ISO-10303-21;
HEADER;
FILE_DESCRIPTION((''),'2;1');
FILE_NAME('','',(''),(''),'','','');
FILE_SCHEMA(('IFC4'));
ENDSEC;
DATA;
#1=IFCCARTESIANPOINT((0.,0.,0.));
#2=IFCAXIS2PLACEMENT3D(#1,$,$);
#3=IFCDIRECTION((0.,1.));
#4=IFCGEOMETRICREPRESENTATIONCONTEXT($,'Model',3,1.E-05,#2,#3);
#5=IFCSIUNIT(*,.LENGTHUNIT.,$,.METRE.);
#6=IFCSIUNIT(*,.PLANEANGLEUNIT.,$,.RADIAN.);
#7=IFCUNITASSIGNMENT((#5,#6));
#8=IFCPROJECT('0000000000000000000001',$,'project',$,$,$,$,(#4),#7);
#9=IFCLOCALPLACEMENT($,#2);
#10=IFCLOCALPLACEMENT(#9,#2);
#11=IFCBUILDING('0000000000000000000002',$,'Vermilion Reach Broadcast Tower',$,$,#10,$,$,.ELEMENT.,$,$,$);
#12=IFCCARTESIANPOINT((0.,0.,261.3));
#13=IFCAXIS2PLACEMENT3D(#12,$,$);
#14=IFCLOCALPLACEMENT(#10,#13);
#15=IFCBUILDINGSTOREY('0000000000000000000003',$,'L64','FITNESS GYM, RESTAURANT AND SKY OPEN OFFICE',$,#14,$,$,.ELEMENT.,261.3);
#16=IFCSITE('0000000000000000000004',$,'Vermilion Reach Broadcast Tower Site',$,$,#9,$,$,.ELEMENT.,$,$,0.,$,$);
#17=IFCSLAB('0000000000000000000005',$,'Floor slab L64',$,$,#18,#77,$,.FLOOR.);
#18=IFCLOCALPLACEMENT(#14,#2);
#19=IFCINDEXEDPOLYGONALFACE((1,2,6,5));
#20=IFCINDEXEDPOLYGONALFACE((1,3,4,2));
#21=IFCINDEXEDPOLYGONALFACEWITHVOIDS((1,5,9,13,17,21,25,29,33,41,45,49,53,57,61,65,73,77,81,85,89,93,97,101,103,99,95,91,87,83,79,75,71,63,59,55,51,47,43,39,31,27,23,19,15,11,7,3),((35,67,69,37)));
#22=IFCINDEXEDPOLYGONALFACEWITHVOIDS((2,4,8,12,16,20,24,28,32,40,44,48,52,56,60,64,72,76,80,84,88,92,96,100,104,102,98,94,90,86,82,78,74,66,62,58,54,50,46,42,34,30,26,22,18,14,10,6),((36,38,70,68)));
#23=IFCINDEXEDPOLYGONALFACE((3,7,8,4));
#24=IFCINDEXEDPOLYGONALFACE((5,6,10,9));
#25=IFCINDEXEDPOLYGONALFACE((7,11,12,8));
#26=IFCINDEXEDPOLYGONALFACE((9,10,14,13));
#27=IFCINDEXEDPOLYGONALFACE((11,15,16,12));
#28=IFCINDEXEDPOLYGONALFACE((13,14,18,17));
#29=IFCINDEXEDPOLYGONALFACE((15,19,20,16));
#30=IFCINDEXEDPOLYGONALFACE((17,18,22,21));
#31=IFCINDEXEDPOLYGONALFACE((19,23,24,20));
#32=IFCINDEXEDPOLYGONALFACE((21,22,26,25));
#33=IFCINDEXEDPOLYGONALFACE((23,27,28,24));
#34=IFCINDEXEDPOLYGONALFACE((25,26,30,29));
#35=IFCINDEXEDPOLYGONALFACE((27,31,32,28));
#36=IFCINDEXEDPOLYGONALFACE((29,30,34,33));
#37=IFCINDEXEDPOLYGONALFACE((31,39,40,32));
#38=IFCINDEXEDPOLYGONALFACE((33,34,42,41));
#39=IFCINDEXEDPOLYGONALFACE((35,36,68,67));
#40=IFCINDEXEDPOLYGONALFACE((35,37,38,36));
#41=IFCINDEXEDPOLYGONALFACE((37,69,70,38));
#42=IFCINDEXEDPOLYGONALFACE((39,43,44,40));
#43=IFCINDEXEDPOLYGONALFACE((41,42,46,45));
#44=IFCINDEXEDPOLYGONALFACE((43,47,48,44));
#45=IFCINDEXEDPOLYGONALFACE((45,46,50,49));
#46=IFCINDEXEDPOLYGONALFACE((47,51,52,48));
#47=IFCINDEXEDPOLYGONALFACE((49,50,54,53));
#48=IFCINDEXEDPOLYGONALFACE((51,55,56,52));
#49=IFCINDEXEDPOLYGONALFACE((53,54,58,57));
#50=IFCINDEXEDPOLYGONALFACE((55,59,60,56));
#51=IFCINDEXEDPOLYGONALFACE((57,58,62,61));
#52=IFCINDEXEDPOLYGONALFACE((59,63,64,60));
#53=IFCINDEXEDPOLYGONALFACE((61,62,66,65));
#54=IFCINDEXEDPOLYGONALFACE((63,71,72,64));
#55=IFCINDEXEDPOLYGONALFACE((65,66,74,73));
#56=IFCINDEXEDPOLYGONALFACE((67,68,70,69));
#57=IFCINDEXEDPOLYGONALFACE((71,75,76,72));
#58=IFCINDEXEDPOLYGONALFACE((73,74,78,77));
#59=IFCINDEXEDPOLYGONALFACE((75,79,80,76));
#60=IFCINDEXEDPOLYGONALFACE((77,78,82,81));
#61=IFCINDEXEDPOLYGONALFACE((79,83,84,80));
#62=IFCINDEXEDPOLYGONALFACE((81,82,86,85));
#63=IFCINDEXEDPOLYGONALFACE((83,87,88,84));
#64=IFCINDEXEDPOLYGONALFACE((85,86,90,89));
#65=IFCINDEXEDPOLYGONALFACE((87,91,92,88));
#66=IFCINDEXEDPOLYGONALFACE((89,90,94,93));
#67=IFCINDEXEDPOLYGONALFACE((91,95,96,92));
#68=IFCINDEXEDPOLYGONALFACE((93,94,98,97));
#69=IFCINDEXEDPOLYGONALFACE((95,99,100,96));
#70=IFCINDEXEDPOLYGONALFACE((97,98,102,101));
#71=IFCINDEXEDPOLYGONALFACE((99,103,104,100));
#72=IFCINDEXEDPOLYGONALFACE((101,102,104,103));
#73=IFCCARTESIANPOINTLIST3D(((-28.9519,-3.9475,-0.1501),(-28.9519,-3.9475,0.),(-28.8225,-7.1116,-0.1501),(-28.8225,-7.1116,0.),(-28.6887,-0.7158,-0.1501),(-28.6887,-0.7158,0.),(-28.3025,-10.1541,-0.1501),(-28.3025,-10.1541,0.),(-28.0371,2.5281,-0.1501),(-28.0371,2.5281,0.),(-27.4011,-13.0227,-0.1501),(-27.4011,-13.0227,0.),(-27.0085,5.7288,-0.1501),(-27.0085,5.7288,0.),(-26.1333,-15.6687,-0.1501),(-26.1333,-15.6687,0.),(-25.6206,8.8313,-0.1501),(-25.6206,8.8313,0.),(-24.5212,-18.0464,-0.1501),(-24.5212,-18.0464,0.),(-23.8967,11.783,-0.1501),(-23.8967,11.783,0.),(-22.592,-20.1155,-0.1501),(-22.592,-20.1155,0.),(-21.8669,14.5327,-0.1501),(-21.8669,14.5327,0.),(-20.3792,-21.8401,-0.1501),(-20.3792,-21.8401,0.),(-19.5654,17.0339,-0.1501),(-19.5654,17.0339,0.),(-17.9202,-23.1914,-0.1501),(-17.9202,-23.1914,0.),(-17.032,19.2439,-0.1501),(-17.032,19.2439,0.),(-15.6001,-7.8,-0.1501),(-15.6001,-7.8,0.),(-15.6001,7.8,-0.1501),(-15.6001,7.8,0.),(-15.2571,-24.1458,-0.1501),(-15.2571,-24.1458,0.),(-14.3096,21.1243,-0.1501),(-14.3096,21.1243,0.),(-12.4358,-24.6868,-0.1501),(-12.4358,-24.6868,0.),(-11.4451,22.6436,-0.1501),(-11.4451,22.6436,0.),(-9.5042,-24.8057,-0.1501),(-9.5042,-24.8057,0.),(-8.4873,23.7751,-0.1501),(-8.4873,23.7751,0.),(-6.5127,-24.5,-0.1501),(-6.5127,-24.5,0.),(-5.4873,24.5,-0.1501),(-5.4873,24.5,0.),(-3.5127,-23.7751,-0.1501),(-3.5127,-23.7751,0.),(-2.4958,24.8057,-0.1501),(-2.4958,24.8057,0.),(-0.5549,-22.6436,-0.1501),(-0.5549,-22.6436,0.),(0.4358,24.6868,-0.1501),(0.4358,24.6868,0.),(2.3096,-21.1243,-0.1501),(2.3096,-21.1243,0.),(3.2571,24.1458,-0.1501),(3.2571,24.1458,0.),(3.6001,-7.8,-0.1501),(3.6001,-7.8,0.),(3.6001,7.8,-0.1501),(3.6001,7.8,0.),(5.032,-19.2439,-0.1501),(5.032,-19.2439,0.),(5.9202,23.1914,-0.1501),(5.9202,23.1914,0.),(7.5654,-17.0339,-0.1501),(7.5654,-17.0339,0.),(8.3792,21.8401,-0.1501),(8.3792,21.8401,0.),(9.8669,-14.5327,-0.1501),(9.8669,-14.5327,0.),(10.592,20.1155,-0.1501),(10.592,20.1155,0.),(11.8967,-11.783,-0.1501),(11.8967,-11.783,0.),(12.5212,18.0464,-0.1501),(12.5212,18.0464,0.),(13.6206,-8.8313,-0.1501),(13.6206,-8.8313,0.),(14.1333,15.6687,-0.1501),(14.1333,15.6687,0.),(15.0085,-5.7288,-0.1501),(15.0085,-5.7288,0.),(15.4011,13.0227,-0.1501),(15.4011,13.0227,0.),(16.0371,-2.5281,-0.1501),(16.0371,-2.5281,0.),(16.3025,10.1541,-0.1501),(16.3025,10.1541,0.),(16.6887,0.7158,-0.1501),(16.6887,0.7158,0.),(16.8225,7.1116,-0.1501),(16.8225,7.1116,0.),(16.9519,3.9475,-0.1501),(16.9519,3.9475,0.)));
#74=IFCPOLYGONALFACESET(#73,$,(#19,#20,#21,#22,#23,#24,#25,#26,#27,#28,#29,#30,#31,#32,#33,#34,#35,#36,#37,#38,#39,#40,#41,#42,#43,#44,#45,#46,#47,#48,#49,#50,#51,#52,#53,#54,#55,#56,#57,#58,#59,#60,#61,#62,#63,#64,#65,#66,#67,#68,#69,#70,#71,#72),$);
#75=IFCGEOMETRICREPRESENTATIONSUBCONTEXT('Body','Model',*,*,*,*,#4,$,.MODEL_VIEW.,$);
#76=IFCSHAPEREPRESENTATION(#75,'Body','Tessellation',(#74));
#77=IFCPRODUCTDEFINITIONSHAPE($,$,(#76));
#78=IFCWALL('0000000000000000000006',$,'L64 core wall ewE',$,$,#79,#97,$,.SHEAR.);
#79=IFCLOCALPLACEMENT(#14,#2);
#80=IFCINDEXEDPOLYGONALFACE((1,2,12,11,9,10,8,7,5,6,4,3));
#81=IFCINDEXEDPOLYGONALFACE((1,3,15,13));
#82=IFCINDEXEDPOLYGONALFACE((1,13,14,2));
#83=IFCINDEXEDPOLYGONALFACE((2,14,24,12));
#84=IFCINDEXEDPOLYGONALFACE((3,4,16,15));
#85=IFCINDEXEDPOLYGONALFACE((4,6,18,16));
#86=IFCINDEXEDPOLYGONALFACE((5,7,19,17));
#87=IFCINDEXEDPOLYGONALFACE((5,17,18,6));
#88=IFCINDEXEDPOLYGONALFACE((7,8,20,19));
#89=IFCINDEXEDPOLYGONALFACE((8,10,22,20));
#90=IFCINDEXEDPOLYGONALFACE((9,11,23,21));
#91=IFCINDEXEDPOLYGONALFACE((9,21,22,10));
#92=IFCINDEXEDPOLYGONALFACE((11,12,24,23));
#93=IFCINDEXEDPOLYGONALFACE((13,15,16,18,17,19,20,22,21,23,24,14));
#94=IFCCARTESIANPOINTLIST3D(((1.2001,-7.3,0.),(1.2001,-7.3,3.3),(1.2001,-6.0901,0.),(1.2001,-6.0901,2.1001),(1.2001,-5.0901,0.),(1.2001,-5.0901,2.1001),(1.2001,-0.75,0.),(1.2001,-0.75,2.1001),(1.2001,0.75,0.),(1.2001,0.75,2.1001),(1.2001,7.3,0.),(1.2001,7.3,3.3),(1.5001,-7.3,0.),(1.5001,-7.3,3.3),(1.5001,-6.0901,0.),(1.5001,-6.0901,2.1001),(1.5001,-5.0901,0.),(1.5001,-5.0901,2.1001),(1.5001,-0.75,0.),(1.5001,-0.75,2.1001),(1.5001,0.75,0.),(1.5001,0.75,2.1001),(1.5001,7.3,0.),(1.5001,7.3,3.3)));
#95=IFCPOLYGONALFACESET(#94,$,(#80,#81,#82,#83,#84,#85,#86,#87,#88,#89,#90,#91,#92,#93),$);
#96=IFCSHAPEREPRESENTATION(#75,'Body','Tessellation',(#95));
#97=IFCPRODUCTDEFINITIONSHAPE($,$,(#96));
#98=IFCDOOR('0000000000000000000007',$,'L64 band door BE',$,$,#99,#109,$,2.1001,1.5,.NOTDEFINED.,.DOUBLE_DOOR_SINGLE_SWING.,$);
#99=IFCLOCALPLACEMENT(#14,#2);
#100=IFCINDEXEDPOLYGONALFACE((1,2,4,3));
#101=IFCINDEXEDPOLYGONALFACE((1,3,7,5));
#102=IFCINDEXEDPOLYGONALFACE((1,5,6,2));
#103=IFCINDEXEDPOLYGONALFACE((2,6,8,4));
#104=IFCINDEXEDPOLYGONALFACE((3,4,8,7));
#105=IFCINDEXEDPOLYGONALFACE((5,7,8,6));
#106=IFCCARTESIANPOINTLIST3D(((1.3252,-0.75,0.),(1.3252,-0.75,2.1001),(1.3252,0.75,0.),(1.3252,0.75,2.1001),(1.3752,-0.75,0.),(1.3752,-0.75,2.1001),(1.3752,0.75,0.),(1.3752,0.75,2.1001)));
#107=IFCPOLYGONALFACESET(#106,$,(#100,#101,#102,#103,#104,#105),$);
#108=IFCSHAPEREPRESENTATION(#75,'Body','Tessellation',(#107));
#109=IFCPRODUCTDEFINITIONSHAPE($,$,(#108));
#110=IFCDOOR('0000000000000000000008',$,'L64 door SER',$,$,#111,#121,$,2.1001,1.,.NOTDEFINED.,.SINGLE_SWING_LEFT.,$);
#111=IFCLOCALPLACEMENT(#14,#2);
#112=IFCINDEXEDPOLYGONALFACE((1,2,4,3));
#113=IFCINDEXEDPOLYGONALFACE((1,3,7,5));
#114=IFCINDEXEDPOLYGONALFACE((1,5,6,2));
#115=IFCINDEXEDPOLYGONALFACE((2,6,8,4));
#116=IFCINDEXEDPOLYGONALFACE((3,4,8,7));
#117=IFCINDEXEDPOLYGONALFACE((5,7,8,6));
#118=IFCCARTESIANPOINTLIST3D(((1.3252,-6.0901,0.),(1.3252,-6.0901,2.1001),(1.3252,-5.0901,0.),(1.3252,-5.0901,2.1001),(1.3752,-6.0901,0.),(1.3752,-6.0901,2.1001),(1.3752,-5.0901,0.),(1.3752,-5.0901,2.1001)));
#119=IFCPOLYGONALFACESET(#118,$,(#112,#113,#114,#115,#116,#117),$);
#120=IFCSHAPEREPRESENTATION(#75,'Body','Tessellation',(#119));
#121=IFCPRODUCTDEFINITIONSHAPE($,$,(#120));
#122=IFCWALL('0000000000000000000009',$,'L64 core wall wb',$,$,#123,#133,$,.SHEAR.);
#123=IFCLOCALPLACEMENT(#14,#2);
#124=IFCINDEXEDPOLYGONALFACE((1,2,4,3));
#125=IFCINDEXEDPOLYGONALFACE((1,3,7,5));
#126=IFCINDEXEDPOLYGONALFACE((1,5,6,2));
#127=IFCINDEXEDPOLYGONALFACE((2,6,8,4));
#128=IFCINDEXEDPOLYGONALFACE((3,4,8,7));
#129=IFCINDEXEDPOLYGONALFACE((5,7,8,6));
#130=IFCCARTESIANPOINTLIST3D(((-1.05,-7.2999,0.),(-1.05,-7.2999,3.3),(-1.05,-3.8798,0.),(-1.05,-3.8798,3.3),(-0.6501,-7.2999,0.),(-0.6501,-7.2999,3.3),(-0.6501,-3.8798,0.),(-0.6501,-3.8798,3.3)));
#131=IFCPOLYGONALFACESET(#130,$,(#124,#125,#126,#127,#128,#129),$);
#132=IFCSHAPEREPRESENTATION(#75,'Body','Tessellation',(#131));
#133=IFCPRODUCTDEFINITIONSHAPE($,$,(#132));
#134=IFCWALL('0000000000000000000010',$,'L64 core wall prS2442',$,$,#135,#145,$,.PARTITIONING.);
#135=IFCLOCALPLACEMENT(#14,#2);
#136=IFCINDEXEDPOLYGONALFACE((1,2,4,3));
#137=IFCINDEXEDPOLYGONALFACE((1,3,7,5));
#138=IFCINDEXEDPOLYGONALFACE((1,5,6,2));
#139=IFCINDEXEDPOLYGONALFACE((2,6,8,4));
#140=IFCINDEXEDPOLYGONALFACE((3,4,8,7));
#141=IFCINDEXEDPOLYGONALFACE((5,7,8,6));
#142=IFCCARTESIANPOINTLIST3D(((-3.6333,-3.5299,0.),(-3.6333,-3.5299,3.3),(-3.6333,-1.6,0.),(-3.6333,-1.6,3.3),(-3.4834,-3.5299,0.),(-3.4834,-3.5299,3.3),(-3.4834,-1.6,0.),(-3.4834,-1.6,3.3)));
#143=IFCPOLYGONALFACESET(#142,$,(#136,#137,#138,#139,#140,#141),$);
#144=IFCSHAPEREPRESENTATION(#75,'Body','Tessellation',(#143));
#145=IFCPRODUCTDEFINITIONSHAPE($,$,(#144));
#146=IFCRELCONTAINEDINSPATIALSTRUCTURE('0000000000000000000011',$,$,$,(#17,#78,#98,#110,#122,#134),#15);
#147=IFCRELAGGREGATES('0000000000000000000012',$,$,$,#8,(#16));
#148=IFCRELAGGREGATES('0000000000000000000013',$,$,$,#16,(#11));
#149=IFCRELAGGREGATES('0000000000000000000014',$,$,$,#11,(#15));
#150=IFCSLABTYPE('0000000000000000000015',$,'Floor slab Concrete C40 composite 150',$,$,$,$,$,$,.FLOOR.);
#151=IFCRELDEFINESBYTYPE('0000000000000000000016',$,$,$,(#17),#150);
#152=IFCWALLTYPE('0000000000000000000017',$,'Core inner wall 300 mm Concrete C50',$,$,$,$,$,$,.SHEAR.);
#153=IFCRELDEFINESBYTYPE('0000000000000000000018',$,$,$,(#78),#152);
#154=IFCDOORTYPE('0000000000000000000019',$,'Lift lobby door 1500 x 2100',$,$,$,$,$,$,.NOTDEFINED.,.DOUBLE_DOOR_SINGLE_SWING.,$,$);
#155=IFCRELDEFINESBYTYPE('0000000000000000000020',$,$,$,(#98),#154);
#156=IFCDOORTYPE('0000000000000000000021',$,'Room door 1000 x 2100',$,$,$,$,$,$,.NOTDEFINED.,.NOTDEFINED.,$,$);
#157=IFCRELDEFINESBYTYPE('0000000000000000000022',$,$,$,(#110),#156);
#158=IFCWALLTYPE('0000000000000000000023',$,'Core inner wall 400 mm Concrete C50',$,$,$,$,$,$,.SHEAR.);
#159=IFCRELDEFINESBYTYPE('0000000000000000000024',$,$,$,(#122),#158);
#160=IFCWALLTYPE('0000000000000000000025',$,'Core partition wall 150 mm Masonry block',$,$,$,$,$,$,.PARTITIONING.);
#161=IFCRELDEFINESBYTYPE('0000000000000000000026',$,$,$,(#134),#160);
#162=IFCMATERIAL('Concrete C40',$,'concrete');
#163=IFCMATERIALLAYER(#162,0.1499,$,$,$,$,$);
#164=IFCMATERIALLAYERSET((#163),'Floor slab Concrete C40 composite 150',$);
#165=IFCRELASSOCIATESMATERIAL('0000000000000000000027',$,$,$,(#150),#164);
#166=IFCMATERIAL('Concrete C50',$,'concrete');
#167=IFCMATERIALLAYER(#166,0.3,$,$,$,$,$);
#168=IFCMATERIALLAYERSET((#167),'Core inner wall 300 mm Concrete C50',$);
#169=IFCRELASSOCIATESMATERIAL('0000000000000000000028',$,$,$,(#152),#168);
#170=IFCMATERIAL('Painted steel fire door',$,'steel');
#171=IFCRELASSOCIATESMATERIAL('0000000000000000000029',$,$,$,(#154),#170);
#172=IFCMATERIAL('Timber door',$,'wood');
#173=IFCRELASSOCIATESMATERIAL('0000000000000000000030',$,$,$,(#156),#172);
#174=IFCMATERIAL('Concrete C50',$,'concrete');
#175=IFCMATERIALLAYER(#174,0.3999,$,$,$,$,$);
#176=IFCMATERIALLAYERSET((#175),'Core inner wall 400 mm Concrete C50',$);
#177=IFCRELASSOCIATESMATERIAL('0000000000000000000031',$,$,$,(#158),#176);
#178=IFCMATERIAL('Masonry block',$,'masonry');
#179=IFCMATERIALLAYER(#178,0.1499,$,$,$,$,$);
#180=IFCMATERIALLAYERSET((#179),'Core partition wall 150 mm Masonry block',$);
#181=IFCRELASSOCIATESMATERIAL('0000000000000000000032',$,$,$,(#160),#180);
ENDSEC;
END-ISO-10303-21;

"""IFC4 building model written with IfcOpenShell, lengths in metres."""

from ifc_helpers import new_model, si_unit, direction, frame, frame_2d, origin, place, context, subcontext, project, spatial, polyline, rectangle, outline, extrude, material, layer, layer_set, type_object, element, fill, save


model = new_model("IFC4")

# Units and contexts
model_context = context("Model", 3, precision=1e-05, world=origin(), true_north=direction((0.0, 1.0)))
body_context = subcontext(model_context, "Body", "Model", "MODEL_VIEW")
ifc_project = project(units=[si_unit("LENGTHUNIT", "METRE"), si_unit("PLANEANGLEUNIT", "RADIAN")], contexts=[model_context])

# Site, building, storey
site_placement = place(None, origin())
site = spatial("IfcSite", under=ifc_project, at=site_placement, Name="Vermilion Reach Broadcast Tower Site", CompositionType="ELEMENT", RefElevation=0.0)
building_placement = place(site_placement, origin())
building = spatial("IfcBuilding", under=site, at=building_placement, Name="Vermilion Reach Broadcast Tower", CompositionType="ELEMENT")
storey_placement = place(building_placement, frame((0.0, 0.0, 261.3)))
storey = spatial("IfcBuildingStorey", under=building, at=storey_placement, Name="L64", Description="FITNESS GYM, RESTAURANT AND SKY OPEN OFFICE", CompositionType="ELEMENT", Elevation=261.3)

# Slab
ifc_material_1 = material(Name="Concrete C40", Category="concrete")
ifc_layer_1 = layer(ifc_material_1, 0.1499)
ifc_layer_set_1 = layer_set([ifc_layer_1], Name="Floor slab Concrete C40 composite 150")
slab_type_1 = type_object("IfcSlabType", Name="Floor slab Concrete C40 composite 150", PredefinedType="FLOOR", material=ifc_layer_set_1)
slab_1_placement = place(storey_placement, frame((0.0, 0.0, -0.1501)))
element("IfcSlab", 1, at=slab_1_placement, inside=storey, type_object=slab_type_1, Name="Floor slab L64", PredefinedType="FLOOR", context=body_context, shape_type="SweptSolid", body=[
    extrude(outline(polyline([(8.3792, 21.8401), (5.9202, 23.1914), (3.2571, 24.1458), (0.4358, 24.6868), (-2.4958, 24.8057), (-5.4873, 24.5), (-8.4873, 23.7751), (-11.4451, 22.6436), (-14.3096, 21.1243), (-17.032, 19.2439), (-19.5654, 17.0339), (-21.8669, 14.5327), (-23.8967, 11.783), (-25.6206, 8.8313), (-27.0085, 5.7288), (-28.0371, 2.5281), (-28.6887, -0.7158), (-28.9519, -3.9475), (-28.8225, -7.1116), (-28.3025, -10.1541), (-27.4011, -13.0227), (-26.1333, -15.6687), (-24.5212, -18.0464), (-22.592, -20.1155), (-20.3792, -21.8401), (-17.9202, -23.1914), (-15.2571, -24.1458), (-12.4358, -24.6868), (-9.5042, -24.8057), (-6.5127, -24.5), (-3.5127, -23.7751), (-0.5549, -22.6436), (2.3096, -21.1243), (5.032, -19.2439), (7.5654, -17.0339), (9.8669, -14.5327), (11.8967, -11.783), (13.6206, -8.8313), (15.0085, -5.7288), (16.0371, -2.5281), (16.6887, 0.7158), (16.9519, 3.9475), (16.8225, 7.1116), (16.3025, 10.1541), (15.4011, 13.0227), (14.1333, 15.6687), (12.5212, 18.0464), (10.592, 20.1155), (8.3792, 21.8401)]), holes=[polyline([(-15.6001, -7.8), (3.6001, -7.8), (3.6001, 7.8), (-15.6001, 7.8), (-15.6001, -7.8)])]), origin(), (0.0, 0.0, 1.0), 0.1501),
])

# Wall, openings, doors
ifc_material_2 = material(Name="Concrete C50", Category="concrete")
ifc_layer_2 = layer(ifc_material_2, 0.3)
ifc_layer_set_2 = layer_set([ifc_layer_2], Name="Core inner wall 300 mm Concrete C50")
wall_type_1 = type_object("IfcWallType", Name="Core inner wall 300 mm Concrete C50", PredefinedType="SHEAR", material=ifc_layer_set_2)
wall_1_placement = place(storey_placement, frame((1.3501, -7.3, 0.0), z_axis=(0.0, 0.0, 1.0), x_axis=(0.0, 1.0, 0.0)))
wall_1 = element("IfcWall", 2, at=wall_1_placement, inside=storey, type_object=wall_type_1, Name="L64 core wall ewE", PredefinedType="SHEAR", context=body_context, shape_type="SweptSolid", body=[
    extrude(rectangle(XDim=14.6001, YDim=0.3, at=frame_2d((7.3, 0.0))), origin(), (0.0, 0.0, 1.0), 3.3),
])
opening_1_placement = place(wall_1_placement, frame((1.21, 0.0, 0.0)))
opening_1 = element("IfcOpeningElement", 3, at=opening_1_placement, cuts=wall_1, PredefinedType="OPENING", context=body_context, shape_type="SweptSolid", body=[
    extrude(rectangle(XDim=1.0, YDim=2.1001, at=frame_2d((0.5, 1.05))), frame((0.0, 0.1599, 0.0), z_axis=(0.0, -1.0, 0.0), x_axis=(1.0, 0.0, 0.0)), (0.0, 0.0, 1.0), 0.3201),
])
opening_2_placement = place(wall_1_placement, frame((6.55, 0.0, 0.0)))
opening_2 = element("IfcOpeningElement", 4, at=opening_2_placement, cuts=wall_1, PredefinedType="OPENING", context=body_context, shape_type="SweptSolid", body=[
    extrude(rectangle(XDim=1.5, YDim=2.1001, at=frame_2d((0.75, 1.05))), frame((0.0, 0.1599, 0.0), z_axis=(0.0, -1.0, 0.0), x_axis=(1.0, 0.0, 0.0)), (0.0, 0.0, 1.0), 0.3201),
])
ifc_material_3 = material(Name="Painted steel fire door", Category="steel")
door_type_1 = type_object("IfcDoorType", Name="Lift lobby door 1500 x 2100", OperationType="DOUBLE_DOOR_SINGLE_SWING", PredefinedType="NOTDEFINED", material=ifc_material_3)
door_1_placement = place(opening_2_placement, origin())
door_1 = element("IfcDoor", 5, at=door_1_placement, inside=storey, type_object=door_type_1, Name="L64 band door BE", OperationType="DOUBLE_DOOR_SINGLE_SWING", OverallHeight=2.1001, OverallWidth=1.5, PredefinedType="NOTDEFINED", context=body_context, shape_type="SweptSolid", body=[
    extrude(rectangle(XDim=1.5, YDim=2.1001, at=frame_2d((0.75, 1.05))), frame((0.0, 0.0249, 0.0), z_axis=(0.0, -1.0, 0.0), x_axis=(1.0, 0.0, 0.0)), (0.0, 0.0, 1.0), 0.05),
])
fill(opening_2, door_1)
ifc_material_4 = material(Name="Timber door", Category="wood")
door_type_2 = type_object("IfcDoorType", Name="Room door 1000 x 2100", OperationType="NOTDEFINED", PredefinedType="NOTDEFINED", material=ifc_material_4)
door_2_placement = place(opening_1_placement, origin())
door_2 = element("IfcDoor", 6, at=door_2_placement, inside=storey, type_object=door_type_2, Name="L64 door SER", OperationType="SINGLE_SWING_LEFT", OverallHeight=2.1001, OverallWidth=1.0, PredefinedType="NOTDEFINED", context=body_context, shape_type="SweptSolid", body=[
    extrude(rectangle(XDim=1.0, YDim=2.1001, at=frame_2d((0.5, 1.05))), frame((0.0, 0.0249, 0.0), z_axis=(0.0, -1.0, 0.0), x_axis=(1.0, 0.0, 0.0)), (0.0, 0.0, 1.0), 0.05),
])
fill(opening_1, door_2)

# Walls
ifc_material_5 = material(Name="Concrete C50", Category="concrete")
ifc_layer_3 = layer(ifc_material_5, 0.3999)
ifc_layer_set_3 = layer_set([ifc_layer_3], Name="Core inner wall 400 mm Concrete C50")
wall_type_2 = type_object("IfcWallType", Name="Core inner wall 400 mm Concrete C50", PredefinedType="SHEAR", material=ifc_layer_set_3)
wall_2_placement = place(storey_placement, frame((-0.8501, -3.8799, 0.0), z_axis=(0.0, 0.0, 1.0), x_axis=(0.0, -1.0, 0.0)))
element("IfcWall", 7, at=wall_2_placement, inside=storey, type_object=wall_type_2, Name="L64 core wall wb", PredefinedType="SHEAR", context=body_context, shape_type="SweptSolid", body=[
    extrude(rectangle(XDim=3.4202, YDim=0.3999, at=frame_2d((1.71, 0.0))), origin(), (0.0, 0.0, 1.0), 3.3),
])
ifc_material_6 = material(Name="Masonry block", Category="masonry")
ifc_layer_4 = layer(ifc_material_6, 0.1499)
ifc_layer_set_4 = layer_set([ifc_layer_4], Name="Core partition wall 150 mm Masonry block")
wall_type_3 = type_object("IfcWallType", Name="Core partition wall 150 mm Masonry block", PredefinedType="PARTITIONING", material=ifc_layer_set_4)
wall_3_placement = place(storey_placement, frame((-3.5583, -1.6001, 0.0), z_axis=(0.0, 0.0, 1.0), x_axis=(0.0, -1.0, 0.0)))
element("IfcWall", 8, at=wall_3_placement, inside=storey, type_object=wall_type_3, Name="L64 core wall prS2442", PredefinedType="PARTITIONING", context=body_context, shape_type="SweptSolid", body=[
    extrude(rectangle(XDim=1.9299, YDim=0.1499, at=frame_2d((0.9648, 0.0))), origin(), (0.0, 0.0, 1.0), 3.3),
])

save(model, "model.ifc")
